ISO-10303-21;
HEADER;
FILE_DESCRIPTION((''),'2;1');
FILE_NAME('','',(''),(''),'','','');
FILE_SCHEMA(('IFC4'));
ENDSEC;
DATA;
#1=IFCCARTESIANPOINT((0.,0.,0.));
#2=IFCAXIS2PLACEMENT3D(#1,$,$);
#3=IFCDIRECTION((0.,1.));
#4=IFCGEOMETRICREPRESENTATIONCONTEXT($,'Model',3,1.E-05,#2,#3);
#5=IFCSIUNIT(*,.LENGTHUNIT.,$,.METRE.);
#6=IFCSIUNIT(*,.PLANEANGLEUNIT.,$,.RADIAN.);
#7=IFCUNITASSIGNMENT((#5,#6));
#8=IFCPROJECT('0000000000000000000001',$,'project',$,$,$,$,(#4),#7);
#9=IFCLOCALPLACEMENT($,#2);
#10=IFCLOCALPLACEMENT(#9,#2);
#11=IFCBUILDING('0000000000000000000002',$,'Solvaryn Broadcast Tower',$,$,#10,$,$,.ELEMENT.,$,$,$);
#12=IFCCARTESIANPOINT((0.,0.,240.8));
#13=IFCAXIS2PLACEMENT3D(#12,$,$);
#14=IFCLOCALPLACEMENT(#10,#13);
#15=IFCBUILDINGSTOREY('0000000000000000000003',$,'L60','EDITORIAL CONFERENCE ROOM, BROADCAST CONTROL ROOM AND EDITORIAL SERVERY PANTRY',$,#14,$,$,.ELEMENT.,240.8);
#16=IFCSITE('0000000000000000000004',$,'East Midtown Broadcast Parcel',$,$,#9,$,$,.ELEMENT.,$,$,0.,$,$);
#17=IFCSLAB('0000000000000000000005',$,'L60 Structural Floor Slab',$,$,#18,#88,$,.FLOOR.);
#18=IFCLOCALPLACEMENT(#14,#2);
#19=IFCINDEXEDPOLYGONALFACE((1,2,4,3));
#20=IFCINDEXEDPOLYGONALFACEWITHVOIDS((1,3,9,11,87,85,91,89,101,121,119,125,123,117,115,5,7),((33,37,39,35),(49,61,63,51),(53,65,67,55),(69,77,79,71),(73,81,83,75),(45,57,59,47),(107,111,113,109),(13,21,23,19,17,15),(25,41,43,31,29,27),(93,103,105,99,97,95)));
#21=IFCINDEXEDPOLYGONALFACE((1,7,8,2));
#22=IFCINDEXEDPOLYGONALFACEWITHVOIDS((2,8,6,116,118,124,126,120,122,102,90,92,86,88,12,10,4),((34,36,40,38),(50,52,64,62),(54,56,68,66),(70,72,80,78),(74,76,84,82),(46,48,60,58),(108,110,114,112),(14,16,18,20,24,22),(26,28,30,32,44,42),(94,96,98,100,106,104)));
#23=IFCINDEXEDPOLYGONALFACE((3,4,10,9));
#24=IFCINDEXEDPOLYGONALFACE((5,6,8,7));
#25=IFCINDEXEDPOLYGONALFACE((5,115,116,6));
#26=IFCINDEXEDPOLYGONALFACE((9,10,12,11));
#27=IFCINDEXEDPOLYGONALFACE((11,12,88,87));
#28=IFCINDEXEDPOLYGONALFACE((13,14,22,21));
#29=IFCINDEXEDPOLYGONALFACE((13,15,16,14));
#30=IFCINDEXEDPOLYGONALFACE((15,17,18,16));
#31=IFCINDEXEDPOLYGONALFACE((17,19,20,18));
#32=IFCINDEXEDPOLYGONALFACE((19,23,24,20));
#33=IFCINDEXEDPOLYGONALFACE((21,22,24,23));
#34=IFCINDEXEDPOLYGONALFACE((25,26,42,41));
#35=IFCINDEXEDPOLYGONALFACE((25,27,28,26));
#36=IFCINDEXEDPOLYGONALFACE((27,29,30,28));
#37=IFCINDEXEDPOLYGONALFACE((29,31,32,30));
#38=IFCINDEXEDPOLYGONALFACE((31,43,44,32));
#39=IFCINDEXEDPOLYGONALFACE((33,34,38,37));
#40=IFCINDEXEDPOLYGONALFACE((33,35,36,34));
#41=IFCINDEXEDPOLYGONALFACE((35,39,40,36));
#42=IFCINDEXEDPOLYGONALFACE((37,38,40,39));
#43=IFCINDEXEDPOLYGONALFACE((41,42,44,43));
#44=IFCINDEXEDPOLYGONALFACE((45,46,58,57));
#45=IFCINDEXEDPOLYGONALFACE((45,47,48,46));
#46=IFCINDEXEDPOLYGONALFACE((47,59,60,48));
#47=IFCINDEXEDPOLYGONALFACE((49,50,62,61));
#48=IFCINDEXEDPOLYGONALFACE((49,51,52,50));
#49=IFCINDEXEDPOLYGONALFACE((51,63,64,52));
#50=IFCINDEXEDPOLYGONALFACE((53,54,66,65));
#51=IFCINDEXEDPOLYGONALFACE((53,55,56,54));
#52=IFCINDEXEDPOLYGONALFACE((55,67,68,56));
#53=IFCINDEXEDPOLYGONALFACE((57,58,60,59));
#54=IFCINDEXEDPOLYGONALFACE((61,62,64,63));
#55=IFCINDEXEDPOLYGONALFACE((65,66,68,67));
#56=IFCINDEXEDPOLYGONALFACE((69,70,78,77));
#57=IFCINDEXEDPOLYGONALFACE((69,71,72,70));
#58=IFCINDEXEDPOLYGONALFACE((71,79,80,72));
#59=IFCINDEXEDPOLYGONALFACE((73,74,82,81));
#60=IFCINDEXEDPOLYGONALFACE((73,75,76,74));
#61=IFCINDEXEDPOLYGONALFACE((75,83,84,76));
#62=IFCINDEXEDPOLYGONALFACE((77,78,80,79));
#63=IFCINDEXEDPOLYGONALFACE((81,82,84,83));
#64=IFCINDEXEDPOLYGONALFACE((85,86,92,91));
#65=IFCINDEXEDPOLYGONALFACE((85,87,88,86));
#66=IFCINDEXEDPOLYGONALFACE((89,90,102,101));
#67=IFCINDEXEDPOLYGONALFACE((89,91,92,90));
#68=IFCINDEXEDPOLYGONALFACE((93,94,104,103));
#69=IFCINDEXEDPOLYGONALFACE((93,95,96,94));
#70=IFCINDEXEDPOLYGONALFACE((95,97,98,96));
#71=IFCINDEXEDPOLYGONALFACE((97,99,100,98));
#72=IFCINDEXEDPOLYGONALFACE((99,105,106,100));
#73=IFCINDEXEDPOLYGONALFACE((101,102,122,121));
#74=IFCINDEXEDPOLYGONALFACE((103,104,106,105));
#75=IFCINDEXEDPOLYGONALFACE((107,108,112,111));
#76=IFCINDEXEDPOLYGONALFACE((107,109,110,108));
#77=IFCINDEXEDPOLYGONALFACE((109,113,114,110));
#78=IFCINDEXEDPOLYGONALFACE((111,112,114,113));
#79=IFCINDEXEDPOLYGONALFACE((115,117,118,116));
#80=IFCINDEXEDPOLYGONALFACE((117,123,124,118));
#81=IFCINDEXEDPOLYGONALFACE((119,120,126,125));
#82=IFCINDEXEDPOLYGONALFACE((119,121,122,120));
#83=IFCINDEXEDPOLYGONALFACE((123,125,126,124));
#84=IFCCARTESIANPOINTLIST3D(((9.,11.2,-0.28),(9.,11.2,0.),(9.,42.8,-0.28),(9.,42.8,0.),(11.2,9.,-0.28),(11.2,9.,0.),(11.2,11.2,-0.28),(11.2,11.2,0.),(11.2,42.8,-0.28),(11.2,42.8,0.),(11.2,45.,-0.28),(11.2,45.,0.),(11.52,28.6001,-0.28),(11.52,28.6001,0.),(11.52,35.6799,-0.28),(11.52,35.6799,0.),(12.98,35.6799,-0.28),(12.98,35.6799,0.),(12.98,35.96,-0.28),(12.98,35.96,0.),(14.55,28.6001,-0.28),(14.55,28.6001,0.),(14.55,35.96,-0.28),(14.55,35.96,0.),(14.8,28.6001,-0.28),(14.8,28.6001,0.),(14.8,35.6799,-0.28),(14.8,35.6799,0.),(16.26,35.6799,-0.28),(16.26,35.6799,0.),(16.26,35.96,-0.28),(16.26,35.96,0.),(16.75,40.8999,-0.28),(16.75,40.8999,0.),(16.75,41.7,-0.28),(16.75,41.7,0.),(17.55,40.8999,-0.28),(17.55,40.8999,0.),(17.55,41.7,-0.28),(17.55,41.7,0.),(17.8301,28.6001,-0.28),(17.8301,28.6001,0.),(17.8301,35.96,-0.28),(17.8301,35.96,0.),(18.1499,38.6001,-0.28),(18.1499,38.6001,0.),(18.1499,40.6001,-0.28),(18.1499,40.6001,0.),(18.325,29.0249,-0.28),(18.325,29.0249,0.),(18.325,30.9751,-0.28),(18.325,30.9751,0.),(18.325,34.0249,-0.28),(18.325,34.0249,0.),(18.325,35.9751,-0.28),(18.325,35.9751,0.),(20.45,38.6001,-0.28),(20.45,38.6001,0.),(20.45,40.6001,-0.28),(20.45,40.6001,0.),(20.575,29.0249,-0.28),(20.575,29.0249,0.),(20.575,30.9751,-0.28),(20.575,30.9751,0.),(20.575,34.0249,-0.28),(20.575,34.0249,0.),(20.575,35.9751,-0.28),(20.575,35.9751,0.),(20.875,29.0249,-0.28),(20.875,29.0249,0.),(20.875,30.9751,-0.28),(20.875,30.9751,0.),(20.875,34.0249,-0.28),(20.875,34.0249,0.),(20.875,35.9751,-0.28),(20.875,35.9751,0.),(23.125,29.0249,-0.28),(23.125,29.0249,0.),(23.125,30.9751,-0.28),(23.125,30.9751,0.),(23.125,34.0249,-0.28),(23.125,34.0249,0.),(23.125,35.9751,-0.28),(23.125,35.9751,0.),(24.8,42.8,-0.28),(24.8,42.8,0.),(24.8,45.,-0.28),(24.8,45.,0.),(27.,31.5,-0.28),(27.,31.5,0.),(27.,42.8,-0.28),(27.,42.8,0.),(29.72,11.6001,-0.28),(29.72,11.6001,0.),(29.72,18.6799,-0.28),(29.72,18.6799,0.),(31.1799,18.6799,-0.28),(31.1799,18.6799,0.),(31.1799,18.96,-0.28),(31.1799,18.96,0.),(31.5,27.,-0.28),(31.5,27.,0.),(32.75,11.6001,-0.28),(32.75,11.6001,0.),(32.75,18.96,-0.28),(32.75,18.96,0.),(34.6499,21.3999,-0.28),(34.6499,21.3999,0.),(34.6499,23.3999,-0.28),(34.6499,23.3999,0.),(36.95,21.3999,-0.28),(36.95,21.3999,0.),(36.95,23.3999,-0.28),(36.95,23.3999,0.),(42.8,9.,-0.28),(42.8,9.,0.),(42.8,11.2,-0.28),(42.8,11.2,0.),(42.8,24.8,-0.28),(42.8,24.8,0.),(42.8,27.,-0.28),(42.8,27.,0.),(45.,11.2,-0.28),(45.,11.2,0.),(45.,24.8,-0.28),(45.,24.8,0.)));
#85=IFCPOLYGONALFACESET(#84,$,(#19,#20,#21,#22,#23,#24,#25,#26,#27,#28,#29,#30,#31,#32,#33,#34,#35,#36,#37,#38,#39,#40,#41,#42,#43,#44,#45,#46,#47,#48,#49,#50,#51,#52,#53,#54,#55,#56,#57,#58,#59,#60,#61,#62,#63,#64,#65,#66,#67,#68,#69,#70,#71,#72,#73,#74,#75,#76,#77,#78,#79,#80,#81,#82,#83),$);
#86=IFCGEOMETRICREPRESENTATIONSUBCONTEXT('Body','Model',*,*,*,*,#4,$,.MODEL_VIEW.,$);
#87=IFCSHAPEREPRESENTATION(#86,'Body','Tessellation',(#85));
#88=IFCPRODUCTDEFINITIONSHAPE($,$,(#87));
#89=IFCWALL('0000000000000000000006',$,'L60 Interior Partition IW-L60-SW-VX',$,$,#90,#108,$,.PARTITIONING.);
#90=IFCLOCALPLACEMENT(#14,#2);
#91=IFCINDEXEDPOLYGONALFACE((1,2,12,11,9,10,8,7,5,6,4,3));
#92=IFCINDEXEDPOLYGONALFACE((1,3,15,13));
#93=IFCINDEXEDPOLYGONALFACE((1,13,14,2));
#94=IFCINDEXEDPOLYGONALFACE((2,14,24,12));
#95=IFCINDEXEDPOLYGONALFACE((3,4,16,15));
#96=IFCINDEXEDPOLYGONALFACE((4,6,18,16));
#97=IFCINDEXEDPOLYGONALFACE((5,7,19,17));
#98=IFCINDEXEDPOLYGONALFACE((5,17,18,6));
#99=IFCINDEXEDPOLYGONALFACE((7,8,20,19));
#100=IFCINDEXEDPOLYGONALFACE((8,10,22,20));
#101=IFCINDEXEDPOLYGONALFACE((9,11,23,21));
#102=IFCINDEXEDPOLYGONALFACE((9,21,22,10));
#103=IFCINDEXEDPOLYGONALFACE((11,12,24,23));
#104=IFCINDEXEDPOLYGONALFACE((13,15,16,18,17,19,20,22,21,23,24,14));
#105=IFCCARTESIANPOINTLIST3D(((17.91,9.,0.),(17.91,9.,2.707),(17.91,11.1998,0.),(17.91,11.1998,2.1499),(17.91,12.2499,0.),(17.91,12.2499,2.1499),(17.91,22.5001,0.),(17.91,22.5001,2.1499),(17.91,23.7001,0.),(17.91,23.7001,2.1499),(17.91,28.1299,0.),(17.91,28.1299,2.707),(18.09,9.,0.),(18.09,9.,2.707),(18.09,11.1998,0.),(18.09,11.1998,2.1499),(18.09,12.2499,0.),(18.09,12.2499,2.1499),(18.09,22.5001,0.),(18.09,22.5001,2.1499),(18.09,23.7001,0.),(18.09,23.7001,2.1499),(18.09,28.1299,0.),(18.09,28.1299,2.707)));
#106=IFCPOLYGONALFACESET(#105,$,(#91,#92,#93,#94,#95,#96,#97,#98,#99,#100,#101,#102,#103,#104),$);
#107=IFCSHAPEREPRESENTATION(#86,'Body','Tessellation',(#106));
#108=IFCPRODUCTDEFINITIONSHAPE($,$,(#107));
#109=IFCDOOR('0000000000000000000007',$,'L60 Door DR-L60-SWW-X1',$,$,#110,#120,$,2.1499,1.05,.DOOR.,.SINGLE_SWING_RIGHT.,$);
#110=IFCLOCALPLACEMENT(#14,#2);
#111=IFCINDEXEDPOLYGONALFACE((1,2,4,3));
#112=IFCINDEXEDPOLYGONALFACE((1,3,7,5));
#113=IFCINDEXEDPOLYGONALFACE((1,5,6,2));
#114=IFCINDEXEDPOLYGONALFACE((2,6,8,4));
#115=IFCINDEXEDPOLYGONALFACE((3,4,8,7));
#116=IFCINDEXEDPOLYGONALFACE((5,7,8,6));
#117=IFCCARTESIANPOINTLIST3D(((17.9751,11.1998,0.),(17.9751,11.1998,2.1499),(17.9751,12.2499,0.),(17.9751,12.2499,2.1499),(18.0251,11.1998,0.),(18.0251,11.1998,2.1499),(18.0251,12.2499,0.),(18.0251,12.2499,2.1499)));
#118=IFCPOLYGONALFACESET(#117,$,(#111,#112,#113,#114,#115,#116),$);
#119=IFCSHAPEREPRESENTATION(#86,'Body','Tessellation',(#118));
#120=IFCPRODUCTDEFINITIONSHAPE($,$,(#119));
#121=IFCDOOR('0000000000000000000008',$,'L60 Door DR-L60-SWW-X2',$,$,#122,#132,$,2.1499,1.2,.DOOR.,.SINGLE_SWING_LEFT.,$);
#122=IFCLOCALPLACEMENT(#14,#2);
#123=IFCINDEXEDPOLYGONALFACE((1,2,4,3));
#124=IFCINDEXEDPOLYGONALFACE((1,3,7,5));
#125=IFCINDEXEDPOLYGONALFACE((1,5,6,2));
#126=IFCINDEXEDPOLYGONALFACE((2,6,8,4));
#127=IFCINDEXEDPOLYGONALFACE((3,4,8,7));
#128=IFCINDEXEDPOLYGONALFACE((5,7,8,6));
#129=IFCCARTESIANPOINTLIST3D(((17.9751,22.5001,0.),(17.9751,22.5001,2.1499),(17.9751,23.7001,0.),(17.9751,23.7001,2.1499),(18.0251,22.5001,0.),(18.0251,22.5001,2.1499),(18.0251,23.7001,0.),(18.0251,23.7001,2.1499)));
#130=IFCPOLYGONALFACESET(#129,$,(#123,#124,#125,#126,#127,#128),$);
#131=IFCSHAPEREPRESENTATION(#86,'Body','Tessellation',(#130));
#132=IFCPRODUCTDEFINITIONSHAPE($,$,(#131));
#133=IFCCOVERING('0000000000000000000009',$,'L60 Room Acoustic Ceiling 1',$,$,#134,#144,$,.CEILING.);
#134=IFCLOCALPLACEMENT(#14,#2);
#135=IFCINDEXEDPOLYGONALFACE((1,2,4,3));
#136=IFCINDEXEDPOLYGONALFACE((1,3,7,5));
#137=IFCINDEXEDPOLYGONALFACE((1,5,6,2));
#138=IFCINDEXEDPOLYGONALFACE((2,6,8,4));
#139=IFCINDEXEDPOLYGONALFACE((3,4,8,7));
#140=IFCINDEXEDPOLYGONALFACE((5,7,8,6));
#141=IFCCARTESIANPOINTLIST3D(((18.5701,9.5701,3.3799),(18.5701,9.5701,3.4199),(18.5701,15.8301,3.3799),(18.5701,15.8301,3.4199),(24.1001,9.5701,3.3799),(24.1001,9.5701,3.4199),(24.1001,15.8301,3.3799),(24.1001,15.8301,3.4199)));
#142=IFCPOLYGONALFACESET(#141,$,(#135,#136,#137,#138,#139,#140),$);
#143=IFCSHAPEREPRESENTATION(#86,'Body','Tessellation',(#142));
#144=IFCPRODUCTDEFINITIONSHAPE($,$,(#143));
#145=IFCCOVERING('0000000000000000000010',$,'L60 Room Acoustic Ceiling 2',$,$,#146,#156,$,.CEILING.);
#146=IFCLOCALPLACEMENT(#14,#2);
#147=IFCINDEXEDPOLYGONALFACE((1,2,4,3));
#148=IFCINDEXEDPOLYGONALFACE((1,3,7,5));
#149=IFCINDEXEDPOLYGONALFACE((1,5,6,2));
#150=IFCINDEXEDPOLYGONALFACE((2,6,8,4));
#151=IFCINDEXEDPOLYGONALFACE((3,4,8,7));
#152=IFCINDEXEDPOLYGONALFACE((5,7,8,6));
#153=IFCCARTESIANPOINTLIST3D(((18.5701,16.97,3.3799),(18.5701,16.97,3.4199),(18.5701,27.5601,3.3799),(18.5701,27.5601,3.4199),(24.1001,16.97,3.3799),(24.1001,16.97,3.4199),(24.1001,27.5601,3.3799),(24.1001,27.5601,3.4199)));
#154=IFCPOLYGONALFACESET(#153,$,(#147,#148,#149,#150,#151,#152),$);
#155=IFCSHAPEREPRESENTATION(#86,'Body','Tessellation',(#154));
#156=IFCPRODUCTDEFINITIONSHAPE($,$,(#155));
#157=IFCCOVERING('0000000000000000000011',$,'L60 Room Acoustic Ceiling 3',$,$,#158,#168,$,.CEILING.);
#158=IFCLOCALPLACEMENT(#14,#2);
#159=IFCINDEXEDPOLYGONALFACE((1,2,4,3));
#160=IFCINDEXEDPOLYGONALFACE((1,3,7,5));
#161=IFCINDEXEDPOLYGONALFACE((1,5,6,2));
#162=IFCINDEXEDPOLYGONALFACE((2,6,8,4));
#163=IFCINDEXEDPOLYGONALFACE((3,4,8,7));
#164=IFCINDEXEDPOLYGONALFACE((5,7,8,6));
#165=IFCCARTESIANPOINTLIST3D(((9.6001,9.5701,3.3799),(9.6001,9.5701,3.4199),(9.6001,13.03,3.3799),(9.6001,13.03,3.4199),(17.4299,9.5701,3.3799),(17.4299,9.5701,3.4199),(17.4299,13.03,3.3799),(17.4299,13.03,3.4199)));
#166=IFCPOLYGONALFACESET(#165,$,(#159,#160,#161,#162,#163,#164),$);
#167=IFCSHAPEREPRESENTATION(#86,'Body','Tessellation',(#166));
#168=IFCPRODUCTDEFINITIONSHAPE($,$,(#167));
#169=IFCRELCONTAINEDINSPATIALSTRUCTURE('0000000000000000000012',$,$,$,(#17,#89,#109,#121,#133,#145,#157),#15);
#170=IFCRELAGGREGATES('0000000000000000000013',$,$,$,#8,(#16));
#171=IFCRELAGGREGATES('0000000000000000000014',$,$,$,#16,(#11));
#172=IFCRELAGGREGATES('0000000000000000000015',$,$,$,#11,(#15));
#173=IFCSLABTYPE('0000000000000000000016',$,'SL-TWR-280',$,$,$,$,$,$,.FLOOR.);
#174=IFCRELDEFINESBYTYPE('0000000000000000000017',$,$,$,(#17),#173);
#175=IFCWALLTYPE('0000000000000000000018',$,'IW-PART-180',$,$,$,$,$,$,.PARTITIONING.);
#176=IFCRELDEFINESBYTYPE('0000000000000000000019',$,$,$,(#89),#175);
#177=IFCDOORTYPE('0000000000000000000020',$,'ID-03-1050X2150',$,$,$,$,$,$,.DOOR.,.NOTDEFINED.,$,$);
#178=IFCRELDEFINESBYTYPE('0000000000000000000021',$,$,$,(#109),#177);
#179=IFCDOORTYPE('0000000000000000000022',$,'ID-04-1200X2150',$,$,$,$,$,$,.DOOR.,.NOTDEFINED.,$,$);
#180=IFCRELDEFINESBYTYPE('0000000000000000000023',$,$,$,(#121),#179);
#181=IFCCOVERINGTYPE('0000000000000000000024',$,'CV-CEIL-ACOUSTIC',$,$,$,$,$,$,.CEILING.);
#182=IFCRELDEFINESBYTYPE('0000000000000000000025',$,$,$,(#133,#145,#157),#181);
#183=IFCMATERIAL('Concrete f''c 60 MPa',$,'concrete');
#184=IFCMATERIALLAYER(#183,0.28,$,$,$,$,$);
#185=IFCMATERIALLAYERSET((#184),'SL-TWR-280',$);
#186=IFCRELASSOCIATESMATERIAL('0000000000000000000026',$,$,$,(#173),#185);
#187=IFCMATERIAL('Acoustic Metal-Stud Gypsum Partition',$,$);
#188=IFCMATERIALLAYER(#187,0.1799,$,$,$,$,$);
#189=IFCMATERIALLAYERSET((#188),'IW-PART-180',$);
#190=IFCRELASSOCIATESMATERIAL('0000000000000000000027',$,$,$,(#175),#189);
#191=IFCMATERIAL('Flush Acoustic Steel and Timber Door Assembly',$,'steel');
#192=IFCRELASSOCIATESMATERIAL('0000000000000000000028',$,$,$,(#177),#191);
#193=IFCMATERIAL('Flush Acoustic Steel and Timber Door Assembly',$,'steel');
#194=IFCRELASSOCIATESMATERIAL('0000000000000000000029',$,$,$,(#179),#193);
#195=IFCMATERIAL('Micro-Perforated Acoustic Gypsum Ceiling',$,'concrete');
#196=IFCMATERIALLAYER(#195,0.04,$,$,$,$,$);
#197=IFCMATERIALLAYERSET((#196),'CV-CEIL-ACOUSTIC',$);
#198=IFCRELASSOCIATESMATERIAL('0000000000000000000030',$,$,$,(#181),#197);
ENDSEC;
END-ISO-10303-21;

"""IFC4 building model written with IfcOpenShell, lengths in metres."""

from ifc_helpers import new_model, si_unit, direction, frame, frame_2d, origin, place, context, subcontext, project, spatial, polyline, rectangle, outline, extrude, material, layer, layer_set, type_object, element, fill, save


model = new_model("IFC4")

# Units and contexts
model_context = context("Model", 3, precision=1e-05, world=origin(), true_north=direction((0.0, 1.0)))
body_context = subcontext(model_context, "Body", "Model", "MODEL_VIEW")
ifc_project = project(units=[si_unit("LENGTHUNIT", "METRE"), si_unit("PLANEANGLEUNIT", "RADIAN")], contexts=[model_context])

# Site, building, storey
site_placement = place(None, origin())
site = spatial("IfcSite", under=ifc_project, at=site_placement, Name="East Midtown Broadcast Parcel", CompositionType="ELEMENT", RefElevation=0.0)
building_placement = place(site_placement, origin())
building = spatial("IfcBuilding", under=site, at=building_placement, Name="Solvaryn Broadcast Tower", CompositionType="ELEMENT")
storey_placement = place(building_placement, frame((0.0, 0.0, 240.8)))
storey = spatial("IfcBuildingStorey", under=building, at=storey_placement, Name="L60", Description="EDITORIAL CONFERENCE ROOM, BROADCAST CONTROL ROOM AND EDITORIAL SERVERY PANTRY", CompositionType="ELEMENT", Elevation=240.8)

# Slab
ifc_material_1 = material(Name="Concrete f'c 60 MPa", Category="concrete")
ifc_layer_1 = layer(ifc_material_1, 0.28)
ifc_layer_set_1 = layer_set([ifc_layer_1], Name="SL-TWR-280")
slab_type_1 = type_object("IfcSlabType", Name="SL-TWR-280", PredefinedType="FLOOR", material=ifc_layer_set_1)
slab_1_placement = place(storey_placement, frame((0.0, 0.0, -0.28)))
element("IfcSlab", 1, at=slab_1_placement, inside=storey, type_object=slab_type_1, Name="L60 Structural Floor Slab", PredefinedType="FLOOR", context=body_context, shape_type="SweptSolid", body=[
    extrude(outline(polyline([(11.2, 9.0), (42.8, 9.0), (42.8, 11.2), (45.0, 11.2), (45.0, 24.8), (42.8, 24.8), (42.8, 27.0), (31.5, 27.0), (27.0, 31.5), (27.0, 42.8), (24.8, 42.8), (24.8, 45.0), (11.2, 45.0), (11.2, 42.8), (9.0, 42.8), (9.0, 11.2), (11.2, 11.2), (11.2, 9.0)]), holes=[polyline([(11.52, 28.6001), (14.55, 28.6001), (14.55, 35.96), (12.98, 35.96), (12.98, 35.6799), (11.52, 35.6799), (11.52, 28.6001)]), polyline([(14.8, 28.6001), (17.8301, 28.6001), (17.8301, 35.96), (16.26, 35.96), (16.26, 35.6799), (14.8, 35.6799), (14.8, 28.6001)]), polyline([(29.72, 11.6001), (32.75, 11.6001), (32.75, 18.96), (31.1799, 18.96), (31.1799, 18.6799), (29.72, 18.6799), (29.72, 11.6001)]), polyline([(18.1499, 38.6001), (20.45, 38.6001), (20.45, 40.6001), (18.1499, 40.6001), (18.1499, 38.6001)]), polyline([(18.325, 29.0249), (20.575, 29.0249), (20.575, 30.9751), (18.325, 30.9751), (18.325, 29.0249)]), polyline([(20.875, 29.0249), (23.125, 29.0249), (23.125, 30.9751), (20.875, 30.9751), (20.875, 29.0249)]), polyline([(18.325, 34.0249), (20.575, 34.0249), (20.575, 35.9751), (18.325, 35.9751), (18.325, 34.0249)]), polyline([(20.875, 34.0249), (23.125, 34.0249), (23.125, 35.9751), (20.875, 35.9751), (20.875, 34.0249)]), polyline([(34.6499, 21.3999), (36.95, 21.3999), (36.95, 23.3999), (34.6499, 23.3999), (34.6499, 21.3999)]), polyline([(16.75, 40.8999), (17.55, 40.8999), (17.55, 41.7), (16.75, 41.7), (16.75, 40.8999)])]), origin(), (0.0, 0.0, 1.0), 0.28),
])

# Wall, openings, doors
ifc_material_2 = material(Name="Acoustic Metal-Stud Gypsum Partition")
ifc_layer_2 = layer(ifc_material_2, 0.1799)
ifc_layer_set_2 = layer_set([ifc_layer_2], Name="IW-PART-180")
wall_type = type_object("IfcWallType", Name="IW-PART-180", PredefinedType="PARTITIONING", material=ifc_layer_set_2)
wall_placement = place(storey_placement, frame((18.0, 9.0, 0.0), z_axis=(0.0, 0.0, 1.0), x_axis=(0.0, 1.0, 0.0)))
wall = element("IfcWall", 2, at=wall_placement, inside=storey, type_object=wall_type, Name="L60 Interior Partition IW-L60-SW-VX", PredefinedType="PARTITIONING", context=body_context, shape_type="SweptSolid", body=[
    extrude(rectangle(XDim=19.1299, YDim=0.1799, at=frame_2d((9.5649, 0.0))), origin(), (0.0, 0.0, 1.0), 2.707),
])
opening_1_placement = place(wall_placement, frame((2.2, 0.0, 0.0)))
opening_1 = element("IfcOpeningElement", 3, at=opening_1_placement, cuts=wall, PredefinedType="OPENING", context=body_context, shape_type="SweptSolid", body=[
    extrude(rectangle(XDim=1.05, YDim=2.1499, at=frame_2d((0.5249, 1.075))), frame((0.0, 0.0999, 0.0), z_axis=(0.0, -1.0, 0.0), x_axis=(1.0, 0.0, 0.0)), (0.0, 0.0, 1.0), 0.2),
])
opening_2_placement = place(wall_placement, frame((13.5, 0.0, 0.0)))
opening_2 = element("IfcOpeningElement", 4, at=opening_2_placement, cuts=wall, PredefinedType="OPENING", context=body_context, shape_type="SweptSolid", body=[
    extrude(rectangle(XDim=1.2, YDim=2.1499, at=frame_2d((0.6001, 1.075))), frame((0.0, 0.0999, 0.0), z_axis=(0.0, -1.0, 0.0), x_axis=(1.0, 0.0, 0.0)), (0.0, 0.0, 1.0), 0.2),
])
ifc_material_3 = material(Name="Flush Acoustic Steel and Timber Door Assembly", Category="steel")
door_type_1 = type_object("IfcDoorType", Name="ID-03-1050X2150", OperationType="NOTDEFINED", PredefinedType="DOOR", material=ifc_material_3)
door_1_placement = place(opening_1_placement, origin())
door_1 = element("IfcDoor", 5, at=door_1_placement, inside=storey, type_object=door_type_1, Name="L60 Door DR-L60-SWW-X1", OperationType="SINGLE_SWING_RIGHT", OverallHeight=2.1499, OverallWidth=1.05, PredefinedType="DOOR", context=body_context, shape_type="SweptSolid", body=[
    extrude(rectangle(XDim=1.05, YDim=2.1499, at=frame_2d((0.5249, 1.075))), frame((0.0, 0.0249, 0.0), z_axis=(0.0, -1.0, 0.0), x_axis=(1.0, 0.0, 0.0)), (0.0, 0.0, 1.0), 0.05),
])
fill(opening_1, door_1)
ifc_material_4 = material(Name="Flush Acoustic Steel and Timber Door Assembly", Category="steel")
door_type_2 = type_object("IfcDoorType", Name="ID-04-1200X2150", OperationType="NOTDEFINED", PredefinedType="DOOR", material=ifc_material_4)
door_2_placement = place(opening_2_placement, origin())
door_2 = element("IfcDoor", 6, at=door_2_placement, inside=storey, type_object=door_type_2, Name="L60 Door DR-L60-SWW-X2", OperationType="SINGLE_SWING_LEFT", OverallHeight=2.1499, OverallWidth=1.2, PredefinedType="DOOR", context=body_context, shape_type="SweptSolid", body=[
    extrude(rectangle(XDim=1.2, YDim=2.1499, at=frame_2d((0.6001, 1.075))), frame((0.0, 0.0249, 0.0), z_axis=(0.0, -1.0, 0.0), x_axis=(1.0, 0.0, 0.0)), (0.0, 0.0, 1.0), 0.05),
])
fill(opening_2, door_2)

# Coverings
ifc_material_5 = material(Name="Micro-Perforated Acoustic Gypsum Ceiling", Category="concrete")
ifc_layer_3 = layer(ifc_material_5, 0.04)
ifc_layer_set_3 = layer_set([ifc_layer_3], Name="CV-CEIL-ACOUSTIC")
covering_type_1 = type_object("IfcCoveringType", Name="CV-CEIL-ACOUSTIC", PredefinedType="CEILING", material=ifc_layer_set_3)
covering_1_placement = place(storey_placement, frame((0.0, 0.0, 3.3799)))
element("IfcCovering", 7, at=covering_1_placement, inside=storey, type_object=covering_type_1, Name="L60 Room Acoustic Ceiling 1", PredefinedType="CEILING", context=body_context, shape_type="SweptSolid", body=[
    extrude(outline(polyline([(18.5701, 9.5701), (24.1001, 9.5701), (24.1001, 15.8301), (18.5701, 15.8301), (18.5701, 9.5701)])), origin(), (0.0, 0.0, 1.0), 0.04),
])
covering_2_placement = place(storey_placement, frame((0.0, 0.0, 3.3799)))
element("IfcCovering", 8, at=covering_2_placement, inside=storey, type_object=covering_type_1, Name="L60 Room Acoustic Ceiling 2", PredefinedType="CEILING", context=body_context, shape_type="SweptSolid", body=[
    extrude(outline(polyline([(18.5701, 16.97), (24.1001, 16.97), (24.1001, 27.5601), (18.5701, 27.5601), (18.5701, 16.97)])), origin(), (0.0, 0.0, 1.0), 0.04),
])
covering_3_placement = place(storey_placement, frame((0.0, 0.0, 3.3799)))
element("IfcCovering", 9, at=covering_3_placement, inside=storey, type_object=covering_type_1, Name="L60 Room Acoustic Ceiling 3", PredefinedType="CEILING", context=body_context, shape_type="SweptSolid", body=[
    extrude(outline(polyline([(9.6001, 9.5701), (17.4299, 9.5701), (17.4299, 13.03), (9.6001, 13.03), (9.6001, 9.5701)])), origin(), (0.0, 0.0, 1.0), 0.04),
])

save(model, "model.ifc")
